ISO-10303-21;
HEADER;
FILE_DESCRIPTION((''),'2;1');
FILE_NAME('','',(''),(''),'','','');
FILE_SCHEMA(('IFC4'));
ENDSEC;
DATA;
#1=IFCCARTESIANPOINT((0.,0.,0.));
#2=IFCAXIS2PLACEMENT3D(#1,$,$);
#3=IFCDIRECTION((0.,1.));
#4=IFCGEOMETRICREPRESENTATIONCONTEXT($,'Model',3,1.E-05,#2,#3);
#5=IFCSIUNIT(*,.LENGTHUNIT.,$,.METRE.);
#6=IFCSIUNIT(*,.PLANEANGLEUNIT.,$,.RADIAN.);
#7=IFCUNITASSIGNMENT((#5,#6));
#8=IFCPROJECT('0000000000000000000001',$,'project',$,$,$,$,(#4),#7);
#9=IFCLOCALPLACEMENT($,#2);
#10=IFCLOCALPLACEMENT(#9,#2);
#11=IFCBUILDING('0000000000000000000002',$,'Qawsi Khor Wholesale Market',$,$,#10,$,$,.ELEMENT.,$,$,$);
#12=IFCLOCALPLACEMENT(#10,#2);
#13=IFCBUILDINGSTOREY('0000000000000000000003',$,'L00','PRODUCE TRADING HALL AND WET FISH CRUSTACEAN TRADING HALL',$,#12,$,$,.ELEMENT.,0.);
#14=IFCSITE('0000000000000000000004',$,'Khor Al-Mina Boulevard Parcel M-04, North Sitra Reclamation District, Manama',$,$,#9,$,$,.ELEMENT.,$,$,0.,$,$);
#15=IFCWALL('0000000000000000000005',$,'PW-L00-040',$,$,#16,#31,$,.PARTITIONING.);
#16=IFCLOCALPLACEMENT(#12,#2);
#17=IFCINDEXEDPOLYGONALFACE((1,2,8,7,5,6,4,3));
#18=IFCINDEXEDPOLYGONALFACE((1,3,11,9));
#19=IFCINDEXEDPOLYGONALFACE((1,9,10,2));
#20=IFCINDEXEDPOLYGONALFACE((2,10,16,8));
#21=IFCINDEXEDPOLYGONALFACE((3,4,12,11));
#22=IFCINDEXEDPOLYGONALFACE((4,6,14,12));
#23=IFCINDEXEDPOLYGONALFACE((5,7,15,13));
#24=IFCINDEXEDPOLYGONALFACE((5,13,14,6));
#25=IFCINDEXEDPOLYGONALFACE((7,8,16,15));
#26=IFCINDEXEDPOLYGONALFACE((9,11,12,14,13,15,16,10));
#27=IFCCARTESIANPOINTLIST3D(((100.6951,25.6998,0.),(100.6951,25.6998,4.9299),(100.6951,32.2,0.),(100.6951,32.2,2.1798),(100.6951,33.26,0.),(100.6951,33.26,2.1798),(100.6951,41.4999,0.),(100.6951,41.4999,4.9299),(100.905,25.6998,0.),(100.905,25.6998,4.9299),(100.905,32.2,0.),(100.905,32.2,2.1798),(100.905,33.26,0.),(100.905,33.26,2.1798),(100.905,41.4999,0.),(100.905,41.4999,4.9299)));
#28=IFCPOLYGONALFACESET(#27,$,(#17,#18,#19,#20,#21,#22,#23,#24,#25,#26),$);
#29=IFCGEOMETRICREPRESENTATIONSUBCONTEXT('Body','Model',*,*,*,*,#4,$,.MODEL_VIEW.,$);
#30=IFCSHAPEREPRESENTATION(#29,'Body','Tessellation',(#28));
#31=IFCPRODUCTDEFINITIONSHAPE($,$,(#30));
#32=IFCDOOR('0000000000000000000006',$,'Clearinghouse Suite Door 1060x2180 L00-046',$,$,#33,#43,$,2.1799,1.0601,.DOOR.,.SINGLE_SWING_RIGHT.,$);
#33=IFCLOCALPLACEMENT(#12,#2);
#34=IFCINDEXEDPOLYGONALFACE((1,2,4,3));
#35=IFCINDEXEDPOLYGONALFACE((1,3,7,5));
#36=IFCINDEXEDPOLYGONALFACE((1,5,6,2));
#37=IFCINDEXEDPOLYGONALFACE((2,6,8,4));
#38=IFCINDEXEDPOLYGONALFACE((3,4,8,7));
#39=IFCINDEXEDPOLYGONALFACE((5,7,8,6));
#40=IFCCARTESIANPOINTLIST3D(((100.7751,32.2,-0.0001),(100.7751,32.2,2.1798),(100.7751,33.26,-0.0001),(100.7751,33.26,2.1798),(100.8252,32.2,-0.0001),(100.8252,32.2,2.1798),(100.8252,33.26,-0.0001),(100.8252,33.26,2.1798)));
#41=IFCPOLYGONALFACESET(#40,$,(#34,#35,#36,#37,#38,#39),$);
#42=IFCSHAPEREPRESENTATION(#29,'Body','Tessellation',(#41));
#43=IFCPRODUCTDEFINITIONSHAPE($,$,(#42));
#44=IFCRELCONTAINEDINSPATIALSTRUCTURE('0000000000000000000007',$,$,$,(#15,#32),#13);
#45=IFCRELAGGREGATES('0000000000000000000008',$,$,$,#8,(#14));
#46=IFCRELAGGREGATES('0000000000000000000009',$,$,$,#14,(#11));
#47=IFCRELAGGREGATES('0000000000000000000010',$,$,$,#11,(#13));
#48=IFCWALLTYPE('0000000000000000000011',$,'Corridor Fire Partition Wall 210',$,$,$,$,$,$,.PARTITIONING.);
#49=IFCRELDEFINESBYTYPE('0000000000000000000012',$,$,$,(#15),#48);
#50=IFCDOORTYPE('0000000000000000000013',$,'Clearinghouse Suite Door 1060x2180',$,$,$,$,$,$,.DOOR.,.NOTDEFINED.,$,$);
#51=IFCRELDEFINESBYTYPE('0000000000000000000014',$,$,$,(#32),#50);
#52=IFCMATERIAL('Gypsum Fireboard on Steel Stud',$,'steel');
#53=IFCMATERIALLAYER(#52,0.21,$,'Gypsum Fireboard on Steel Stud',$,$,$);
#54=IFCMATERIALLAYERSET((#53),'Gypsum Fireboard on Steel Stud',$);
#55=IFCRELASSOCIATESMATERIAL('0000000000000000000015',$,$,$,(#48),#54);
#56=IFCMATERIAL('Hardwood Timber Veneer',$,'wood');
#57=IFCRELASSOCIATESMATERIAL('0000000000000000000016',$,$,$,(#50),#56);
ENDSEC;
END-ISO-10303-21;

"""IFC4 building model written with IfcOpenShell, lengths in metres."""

from ifc_helpers import new_model, si_unit, direction, frame, frame_2d, origin, place, context, subcontext, project, spatial, rectangle, extrude, material, layer, layer_set, type_object, element, fill, save


model = new_model("IFC4")

# Units and contexts
model_context = context("Model", 3, precision=1e-05, world=origin(), true_north=direction((0.0, 1.0)))
body_context = subcontext(model_context, "Body", "Model", "MODEL_VIEW")
ifc_project = project(units=[si_unit("LENGTHUNIT", "METRE"), si_unit("PLANEANGLEUNIT", "RADIAN")], contexts=[model_context])

# Site, building, storey
site_placement = place(None, origin())
site = spatial("IfcSite", under=ifc_project, at=site_placement, Name="Khor Al-Mina Boulevard Parcel M-04, North Sitra Reclamation District, Manama", CompositionType="ELEMENT", RefElevation=0.0)
building_placement = place(site_placement, origin())
building = spatial("IfcBuilding", under=site, at=building_placement, Name="Qawsi Khor Wholesale Market", CompositionType="ELEMENT")
storey_placement = place(building_placement, origin())
storey = spatial("IfcBuildingStorey", under=building, at=storey_placement, Name="L00", Description="PRODUCE TRADING HALL AND WET FISH CRUSTACEAN TRADING HALL", CompositionType="ELEMENT", Elevation=0.0)

# Shared definitions
ifc_material_1 = material(Name="Gypsum Fireboard on Steel Stud", Category="steel")
ifc_layer_1 = layer(ifc_material_1, 0.21, Name="Gypsum Fireboard on Steel Stud")
ifc_layer_set_1 = layer_set([ifc_layer_1], Name="Gypsum Fireboard on Steel Stud")
wall_type_1 = type_object("IfcWallType", Name="Corridor Fire Partition Wall 210", PredefinedType="PARTITIONING", material=ifc_layer_set_1)

# Wall, opening, door
wall_1_placement = place(storey_placement, frame((100.8, 25.7, 0.0), z_axis=(0.0, 0.0, 1.0), x_axis=(0.0, 1.0, 0.0)))
wall_1 = element("IfcWall", 1, at=wall_1_placement, inside=storey, type_object=wall_type_1, Name="PW-L00-040", PredefinedType="PARTITIONING", context=body_context, shape_type="SweptSolid", body=[
    extrude(rectangle(XDim=15.8, YDim=0.21, at=frame_2d((7.8999, 0.0))), origin(), (0.0, 0.0, 1.0), 4.9299),
])
opening_1_placement = place(wall_1_placement, frame((6.5, 0.0, 0.0)))
opening_1 = element("IfcOpeningElement", 2, at=opening_1_placement, cuts=wall_1, PredefinedType="OPENING", context=body_context, shape_type="SweptSolid", body=[
    extrude(rectangle(XDim=1.0601, YDim=2.1799, at=frame_2d((0.53, 1.0898))), frame((0.0, 0.115, 0.0), z_axis=(0.0, -1.0, 0.0), x_axis=(1.0, 0.0, 0.0)), (0.0, 0.0, 1.0), 0.23),
])
ifc_material_2 = material(Name="Hardwood Timber Veneer", Category="wood")
door_type_1 = type_object("IfcDoorType", Name="Clearinghouse Suite Door 1060x2180", OperationType="NOTDEFINED", PredefinedType="DOOR", material=ifc_material_2)
door_1_placement = place(opening_1_placement, origin())
door_1 = element("IfcDoor", 3, at=door_1_placement, inside=storey, type_object=door_type_1, Name="Clearinghouse Suite Door 1060x2180 L00-046", OperationType="SINGLE_SWING_RIGHT", OverallHeight=2.1799, OverallWidth=1.0601, PredefinedType="DOOR", context=body_context, shape_type="SweptSolid", body=[
    extrude(rectangle(XDim=1.0601, YDim=2.1799, at=frame_2d((0.53, 1.0898))), frame((0.0, 0.0249, 0.0), z_axis=(0.0, -1.0, 0.0), x_axis=(1.0, 0.0, 0.0)), (0.0, 0.0, 1.0), 0.05),
])
fill(opening_1, door_1)

save(model, "model.ifc")
